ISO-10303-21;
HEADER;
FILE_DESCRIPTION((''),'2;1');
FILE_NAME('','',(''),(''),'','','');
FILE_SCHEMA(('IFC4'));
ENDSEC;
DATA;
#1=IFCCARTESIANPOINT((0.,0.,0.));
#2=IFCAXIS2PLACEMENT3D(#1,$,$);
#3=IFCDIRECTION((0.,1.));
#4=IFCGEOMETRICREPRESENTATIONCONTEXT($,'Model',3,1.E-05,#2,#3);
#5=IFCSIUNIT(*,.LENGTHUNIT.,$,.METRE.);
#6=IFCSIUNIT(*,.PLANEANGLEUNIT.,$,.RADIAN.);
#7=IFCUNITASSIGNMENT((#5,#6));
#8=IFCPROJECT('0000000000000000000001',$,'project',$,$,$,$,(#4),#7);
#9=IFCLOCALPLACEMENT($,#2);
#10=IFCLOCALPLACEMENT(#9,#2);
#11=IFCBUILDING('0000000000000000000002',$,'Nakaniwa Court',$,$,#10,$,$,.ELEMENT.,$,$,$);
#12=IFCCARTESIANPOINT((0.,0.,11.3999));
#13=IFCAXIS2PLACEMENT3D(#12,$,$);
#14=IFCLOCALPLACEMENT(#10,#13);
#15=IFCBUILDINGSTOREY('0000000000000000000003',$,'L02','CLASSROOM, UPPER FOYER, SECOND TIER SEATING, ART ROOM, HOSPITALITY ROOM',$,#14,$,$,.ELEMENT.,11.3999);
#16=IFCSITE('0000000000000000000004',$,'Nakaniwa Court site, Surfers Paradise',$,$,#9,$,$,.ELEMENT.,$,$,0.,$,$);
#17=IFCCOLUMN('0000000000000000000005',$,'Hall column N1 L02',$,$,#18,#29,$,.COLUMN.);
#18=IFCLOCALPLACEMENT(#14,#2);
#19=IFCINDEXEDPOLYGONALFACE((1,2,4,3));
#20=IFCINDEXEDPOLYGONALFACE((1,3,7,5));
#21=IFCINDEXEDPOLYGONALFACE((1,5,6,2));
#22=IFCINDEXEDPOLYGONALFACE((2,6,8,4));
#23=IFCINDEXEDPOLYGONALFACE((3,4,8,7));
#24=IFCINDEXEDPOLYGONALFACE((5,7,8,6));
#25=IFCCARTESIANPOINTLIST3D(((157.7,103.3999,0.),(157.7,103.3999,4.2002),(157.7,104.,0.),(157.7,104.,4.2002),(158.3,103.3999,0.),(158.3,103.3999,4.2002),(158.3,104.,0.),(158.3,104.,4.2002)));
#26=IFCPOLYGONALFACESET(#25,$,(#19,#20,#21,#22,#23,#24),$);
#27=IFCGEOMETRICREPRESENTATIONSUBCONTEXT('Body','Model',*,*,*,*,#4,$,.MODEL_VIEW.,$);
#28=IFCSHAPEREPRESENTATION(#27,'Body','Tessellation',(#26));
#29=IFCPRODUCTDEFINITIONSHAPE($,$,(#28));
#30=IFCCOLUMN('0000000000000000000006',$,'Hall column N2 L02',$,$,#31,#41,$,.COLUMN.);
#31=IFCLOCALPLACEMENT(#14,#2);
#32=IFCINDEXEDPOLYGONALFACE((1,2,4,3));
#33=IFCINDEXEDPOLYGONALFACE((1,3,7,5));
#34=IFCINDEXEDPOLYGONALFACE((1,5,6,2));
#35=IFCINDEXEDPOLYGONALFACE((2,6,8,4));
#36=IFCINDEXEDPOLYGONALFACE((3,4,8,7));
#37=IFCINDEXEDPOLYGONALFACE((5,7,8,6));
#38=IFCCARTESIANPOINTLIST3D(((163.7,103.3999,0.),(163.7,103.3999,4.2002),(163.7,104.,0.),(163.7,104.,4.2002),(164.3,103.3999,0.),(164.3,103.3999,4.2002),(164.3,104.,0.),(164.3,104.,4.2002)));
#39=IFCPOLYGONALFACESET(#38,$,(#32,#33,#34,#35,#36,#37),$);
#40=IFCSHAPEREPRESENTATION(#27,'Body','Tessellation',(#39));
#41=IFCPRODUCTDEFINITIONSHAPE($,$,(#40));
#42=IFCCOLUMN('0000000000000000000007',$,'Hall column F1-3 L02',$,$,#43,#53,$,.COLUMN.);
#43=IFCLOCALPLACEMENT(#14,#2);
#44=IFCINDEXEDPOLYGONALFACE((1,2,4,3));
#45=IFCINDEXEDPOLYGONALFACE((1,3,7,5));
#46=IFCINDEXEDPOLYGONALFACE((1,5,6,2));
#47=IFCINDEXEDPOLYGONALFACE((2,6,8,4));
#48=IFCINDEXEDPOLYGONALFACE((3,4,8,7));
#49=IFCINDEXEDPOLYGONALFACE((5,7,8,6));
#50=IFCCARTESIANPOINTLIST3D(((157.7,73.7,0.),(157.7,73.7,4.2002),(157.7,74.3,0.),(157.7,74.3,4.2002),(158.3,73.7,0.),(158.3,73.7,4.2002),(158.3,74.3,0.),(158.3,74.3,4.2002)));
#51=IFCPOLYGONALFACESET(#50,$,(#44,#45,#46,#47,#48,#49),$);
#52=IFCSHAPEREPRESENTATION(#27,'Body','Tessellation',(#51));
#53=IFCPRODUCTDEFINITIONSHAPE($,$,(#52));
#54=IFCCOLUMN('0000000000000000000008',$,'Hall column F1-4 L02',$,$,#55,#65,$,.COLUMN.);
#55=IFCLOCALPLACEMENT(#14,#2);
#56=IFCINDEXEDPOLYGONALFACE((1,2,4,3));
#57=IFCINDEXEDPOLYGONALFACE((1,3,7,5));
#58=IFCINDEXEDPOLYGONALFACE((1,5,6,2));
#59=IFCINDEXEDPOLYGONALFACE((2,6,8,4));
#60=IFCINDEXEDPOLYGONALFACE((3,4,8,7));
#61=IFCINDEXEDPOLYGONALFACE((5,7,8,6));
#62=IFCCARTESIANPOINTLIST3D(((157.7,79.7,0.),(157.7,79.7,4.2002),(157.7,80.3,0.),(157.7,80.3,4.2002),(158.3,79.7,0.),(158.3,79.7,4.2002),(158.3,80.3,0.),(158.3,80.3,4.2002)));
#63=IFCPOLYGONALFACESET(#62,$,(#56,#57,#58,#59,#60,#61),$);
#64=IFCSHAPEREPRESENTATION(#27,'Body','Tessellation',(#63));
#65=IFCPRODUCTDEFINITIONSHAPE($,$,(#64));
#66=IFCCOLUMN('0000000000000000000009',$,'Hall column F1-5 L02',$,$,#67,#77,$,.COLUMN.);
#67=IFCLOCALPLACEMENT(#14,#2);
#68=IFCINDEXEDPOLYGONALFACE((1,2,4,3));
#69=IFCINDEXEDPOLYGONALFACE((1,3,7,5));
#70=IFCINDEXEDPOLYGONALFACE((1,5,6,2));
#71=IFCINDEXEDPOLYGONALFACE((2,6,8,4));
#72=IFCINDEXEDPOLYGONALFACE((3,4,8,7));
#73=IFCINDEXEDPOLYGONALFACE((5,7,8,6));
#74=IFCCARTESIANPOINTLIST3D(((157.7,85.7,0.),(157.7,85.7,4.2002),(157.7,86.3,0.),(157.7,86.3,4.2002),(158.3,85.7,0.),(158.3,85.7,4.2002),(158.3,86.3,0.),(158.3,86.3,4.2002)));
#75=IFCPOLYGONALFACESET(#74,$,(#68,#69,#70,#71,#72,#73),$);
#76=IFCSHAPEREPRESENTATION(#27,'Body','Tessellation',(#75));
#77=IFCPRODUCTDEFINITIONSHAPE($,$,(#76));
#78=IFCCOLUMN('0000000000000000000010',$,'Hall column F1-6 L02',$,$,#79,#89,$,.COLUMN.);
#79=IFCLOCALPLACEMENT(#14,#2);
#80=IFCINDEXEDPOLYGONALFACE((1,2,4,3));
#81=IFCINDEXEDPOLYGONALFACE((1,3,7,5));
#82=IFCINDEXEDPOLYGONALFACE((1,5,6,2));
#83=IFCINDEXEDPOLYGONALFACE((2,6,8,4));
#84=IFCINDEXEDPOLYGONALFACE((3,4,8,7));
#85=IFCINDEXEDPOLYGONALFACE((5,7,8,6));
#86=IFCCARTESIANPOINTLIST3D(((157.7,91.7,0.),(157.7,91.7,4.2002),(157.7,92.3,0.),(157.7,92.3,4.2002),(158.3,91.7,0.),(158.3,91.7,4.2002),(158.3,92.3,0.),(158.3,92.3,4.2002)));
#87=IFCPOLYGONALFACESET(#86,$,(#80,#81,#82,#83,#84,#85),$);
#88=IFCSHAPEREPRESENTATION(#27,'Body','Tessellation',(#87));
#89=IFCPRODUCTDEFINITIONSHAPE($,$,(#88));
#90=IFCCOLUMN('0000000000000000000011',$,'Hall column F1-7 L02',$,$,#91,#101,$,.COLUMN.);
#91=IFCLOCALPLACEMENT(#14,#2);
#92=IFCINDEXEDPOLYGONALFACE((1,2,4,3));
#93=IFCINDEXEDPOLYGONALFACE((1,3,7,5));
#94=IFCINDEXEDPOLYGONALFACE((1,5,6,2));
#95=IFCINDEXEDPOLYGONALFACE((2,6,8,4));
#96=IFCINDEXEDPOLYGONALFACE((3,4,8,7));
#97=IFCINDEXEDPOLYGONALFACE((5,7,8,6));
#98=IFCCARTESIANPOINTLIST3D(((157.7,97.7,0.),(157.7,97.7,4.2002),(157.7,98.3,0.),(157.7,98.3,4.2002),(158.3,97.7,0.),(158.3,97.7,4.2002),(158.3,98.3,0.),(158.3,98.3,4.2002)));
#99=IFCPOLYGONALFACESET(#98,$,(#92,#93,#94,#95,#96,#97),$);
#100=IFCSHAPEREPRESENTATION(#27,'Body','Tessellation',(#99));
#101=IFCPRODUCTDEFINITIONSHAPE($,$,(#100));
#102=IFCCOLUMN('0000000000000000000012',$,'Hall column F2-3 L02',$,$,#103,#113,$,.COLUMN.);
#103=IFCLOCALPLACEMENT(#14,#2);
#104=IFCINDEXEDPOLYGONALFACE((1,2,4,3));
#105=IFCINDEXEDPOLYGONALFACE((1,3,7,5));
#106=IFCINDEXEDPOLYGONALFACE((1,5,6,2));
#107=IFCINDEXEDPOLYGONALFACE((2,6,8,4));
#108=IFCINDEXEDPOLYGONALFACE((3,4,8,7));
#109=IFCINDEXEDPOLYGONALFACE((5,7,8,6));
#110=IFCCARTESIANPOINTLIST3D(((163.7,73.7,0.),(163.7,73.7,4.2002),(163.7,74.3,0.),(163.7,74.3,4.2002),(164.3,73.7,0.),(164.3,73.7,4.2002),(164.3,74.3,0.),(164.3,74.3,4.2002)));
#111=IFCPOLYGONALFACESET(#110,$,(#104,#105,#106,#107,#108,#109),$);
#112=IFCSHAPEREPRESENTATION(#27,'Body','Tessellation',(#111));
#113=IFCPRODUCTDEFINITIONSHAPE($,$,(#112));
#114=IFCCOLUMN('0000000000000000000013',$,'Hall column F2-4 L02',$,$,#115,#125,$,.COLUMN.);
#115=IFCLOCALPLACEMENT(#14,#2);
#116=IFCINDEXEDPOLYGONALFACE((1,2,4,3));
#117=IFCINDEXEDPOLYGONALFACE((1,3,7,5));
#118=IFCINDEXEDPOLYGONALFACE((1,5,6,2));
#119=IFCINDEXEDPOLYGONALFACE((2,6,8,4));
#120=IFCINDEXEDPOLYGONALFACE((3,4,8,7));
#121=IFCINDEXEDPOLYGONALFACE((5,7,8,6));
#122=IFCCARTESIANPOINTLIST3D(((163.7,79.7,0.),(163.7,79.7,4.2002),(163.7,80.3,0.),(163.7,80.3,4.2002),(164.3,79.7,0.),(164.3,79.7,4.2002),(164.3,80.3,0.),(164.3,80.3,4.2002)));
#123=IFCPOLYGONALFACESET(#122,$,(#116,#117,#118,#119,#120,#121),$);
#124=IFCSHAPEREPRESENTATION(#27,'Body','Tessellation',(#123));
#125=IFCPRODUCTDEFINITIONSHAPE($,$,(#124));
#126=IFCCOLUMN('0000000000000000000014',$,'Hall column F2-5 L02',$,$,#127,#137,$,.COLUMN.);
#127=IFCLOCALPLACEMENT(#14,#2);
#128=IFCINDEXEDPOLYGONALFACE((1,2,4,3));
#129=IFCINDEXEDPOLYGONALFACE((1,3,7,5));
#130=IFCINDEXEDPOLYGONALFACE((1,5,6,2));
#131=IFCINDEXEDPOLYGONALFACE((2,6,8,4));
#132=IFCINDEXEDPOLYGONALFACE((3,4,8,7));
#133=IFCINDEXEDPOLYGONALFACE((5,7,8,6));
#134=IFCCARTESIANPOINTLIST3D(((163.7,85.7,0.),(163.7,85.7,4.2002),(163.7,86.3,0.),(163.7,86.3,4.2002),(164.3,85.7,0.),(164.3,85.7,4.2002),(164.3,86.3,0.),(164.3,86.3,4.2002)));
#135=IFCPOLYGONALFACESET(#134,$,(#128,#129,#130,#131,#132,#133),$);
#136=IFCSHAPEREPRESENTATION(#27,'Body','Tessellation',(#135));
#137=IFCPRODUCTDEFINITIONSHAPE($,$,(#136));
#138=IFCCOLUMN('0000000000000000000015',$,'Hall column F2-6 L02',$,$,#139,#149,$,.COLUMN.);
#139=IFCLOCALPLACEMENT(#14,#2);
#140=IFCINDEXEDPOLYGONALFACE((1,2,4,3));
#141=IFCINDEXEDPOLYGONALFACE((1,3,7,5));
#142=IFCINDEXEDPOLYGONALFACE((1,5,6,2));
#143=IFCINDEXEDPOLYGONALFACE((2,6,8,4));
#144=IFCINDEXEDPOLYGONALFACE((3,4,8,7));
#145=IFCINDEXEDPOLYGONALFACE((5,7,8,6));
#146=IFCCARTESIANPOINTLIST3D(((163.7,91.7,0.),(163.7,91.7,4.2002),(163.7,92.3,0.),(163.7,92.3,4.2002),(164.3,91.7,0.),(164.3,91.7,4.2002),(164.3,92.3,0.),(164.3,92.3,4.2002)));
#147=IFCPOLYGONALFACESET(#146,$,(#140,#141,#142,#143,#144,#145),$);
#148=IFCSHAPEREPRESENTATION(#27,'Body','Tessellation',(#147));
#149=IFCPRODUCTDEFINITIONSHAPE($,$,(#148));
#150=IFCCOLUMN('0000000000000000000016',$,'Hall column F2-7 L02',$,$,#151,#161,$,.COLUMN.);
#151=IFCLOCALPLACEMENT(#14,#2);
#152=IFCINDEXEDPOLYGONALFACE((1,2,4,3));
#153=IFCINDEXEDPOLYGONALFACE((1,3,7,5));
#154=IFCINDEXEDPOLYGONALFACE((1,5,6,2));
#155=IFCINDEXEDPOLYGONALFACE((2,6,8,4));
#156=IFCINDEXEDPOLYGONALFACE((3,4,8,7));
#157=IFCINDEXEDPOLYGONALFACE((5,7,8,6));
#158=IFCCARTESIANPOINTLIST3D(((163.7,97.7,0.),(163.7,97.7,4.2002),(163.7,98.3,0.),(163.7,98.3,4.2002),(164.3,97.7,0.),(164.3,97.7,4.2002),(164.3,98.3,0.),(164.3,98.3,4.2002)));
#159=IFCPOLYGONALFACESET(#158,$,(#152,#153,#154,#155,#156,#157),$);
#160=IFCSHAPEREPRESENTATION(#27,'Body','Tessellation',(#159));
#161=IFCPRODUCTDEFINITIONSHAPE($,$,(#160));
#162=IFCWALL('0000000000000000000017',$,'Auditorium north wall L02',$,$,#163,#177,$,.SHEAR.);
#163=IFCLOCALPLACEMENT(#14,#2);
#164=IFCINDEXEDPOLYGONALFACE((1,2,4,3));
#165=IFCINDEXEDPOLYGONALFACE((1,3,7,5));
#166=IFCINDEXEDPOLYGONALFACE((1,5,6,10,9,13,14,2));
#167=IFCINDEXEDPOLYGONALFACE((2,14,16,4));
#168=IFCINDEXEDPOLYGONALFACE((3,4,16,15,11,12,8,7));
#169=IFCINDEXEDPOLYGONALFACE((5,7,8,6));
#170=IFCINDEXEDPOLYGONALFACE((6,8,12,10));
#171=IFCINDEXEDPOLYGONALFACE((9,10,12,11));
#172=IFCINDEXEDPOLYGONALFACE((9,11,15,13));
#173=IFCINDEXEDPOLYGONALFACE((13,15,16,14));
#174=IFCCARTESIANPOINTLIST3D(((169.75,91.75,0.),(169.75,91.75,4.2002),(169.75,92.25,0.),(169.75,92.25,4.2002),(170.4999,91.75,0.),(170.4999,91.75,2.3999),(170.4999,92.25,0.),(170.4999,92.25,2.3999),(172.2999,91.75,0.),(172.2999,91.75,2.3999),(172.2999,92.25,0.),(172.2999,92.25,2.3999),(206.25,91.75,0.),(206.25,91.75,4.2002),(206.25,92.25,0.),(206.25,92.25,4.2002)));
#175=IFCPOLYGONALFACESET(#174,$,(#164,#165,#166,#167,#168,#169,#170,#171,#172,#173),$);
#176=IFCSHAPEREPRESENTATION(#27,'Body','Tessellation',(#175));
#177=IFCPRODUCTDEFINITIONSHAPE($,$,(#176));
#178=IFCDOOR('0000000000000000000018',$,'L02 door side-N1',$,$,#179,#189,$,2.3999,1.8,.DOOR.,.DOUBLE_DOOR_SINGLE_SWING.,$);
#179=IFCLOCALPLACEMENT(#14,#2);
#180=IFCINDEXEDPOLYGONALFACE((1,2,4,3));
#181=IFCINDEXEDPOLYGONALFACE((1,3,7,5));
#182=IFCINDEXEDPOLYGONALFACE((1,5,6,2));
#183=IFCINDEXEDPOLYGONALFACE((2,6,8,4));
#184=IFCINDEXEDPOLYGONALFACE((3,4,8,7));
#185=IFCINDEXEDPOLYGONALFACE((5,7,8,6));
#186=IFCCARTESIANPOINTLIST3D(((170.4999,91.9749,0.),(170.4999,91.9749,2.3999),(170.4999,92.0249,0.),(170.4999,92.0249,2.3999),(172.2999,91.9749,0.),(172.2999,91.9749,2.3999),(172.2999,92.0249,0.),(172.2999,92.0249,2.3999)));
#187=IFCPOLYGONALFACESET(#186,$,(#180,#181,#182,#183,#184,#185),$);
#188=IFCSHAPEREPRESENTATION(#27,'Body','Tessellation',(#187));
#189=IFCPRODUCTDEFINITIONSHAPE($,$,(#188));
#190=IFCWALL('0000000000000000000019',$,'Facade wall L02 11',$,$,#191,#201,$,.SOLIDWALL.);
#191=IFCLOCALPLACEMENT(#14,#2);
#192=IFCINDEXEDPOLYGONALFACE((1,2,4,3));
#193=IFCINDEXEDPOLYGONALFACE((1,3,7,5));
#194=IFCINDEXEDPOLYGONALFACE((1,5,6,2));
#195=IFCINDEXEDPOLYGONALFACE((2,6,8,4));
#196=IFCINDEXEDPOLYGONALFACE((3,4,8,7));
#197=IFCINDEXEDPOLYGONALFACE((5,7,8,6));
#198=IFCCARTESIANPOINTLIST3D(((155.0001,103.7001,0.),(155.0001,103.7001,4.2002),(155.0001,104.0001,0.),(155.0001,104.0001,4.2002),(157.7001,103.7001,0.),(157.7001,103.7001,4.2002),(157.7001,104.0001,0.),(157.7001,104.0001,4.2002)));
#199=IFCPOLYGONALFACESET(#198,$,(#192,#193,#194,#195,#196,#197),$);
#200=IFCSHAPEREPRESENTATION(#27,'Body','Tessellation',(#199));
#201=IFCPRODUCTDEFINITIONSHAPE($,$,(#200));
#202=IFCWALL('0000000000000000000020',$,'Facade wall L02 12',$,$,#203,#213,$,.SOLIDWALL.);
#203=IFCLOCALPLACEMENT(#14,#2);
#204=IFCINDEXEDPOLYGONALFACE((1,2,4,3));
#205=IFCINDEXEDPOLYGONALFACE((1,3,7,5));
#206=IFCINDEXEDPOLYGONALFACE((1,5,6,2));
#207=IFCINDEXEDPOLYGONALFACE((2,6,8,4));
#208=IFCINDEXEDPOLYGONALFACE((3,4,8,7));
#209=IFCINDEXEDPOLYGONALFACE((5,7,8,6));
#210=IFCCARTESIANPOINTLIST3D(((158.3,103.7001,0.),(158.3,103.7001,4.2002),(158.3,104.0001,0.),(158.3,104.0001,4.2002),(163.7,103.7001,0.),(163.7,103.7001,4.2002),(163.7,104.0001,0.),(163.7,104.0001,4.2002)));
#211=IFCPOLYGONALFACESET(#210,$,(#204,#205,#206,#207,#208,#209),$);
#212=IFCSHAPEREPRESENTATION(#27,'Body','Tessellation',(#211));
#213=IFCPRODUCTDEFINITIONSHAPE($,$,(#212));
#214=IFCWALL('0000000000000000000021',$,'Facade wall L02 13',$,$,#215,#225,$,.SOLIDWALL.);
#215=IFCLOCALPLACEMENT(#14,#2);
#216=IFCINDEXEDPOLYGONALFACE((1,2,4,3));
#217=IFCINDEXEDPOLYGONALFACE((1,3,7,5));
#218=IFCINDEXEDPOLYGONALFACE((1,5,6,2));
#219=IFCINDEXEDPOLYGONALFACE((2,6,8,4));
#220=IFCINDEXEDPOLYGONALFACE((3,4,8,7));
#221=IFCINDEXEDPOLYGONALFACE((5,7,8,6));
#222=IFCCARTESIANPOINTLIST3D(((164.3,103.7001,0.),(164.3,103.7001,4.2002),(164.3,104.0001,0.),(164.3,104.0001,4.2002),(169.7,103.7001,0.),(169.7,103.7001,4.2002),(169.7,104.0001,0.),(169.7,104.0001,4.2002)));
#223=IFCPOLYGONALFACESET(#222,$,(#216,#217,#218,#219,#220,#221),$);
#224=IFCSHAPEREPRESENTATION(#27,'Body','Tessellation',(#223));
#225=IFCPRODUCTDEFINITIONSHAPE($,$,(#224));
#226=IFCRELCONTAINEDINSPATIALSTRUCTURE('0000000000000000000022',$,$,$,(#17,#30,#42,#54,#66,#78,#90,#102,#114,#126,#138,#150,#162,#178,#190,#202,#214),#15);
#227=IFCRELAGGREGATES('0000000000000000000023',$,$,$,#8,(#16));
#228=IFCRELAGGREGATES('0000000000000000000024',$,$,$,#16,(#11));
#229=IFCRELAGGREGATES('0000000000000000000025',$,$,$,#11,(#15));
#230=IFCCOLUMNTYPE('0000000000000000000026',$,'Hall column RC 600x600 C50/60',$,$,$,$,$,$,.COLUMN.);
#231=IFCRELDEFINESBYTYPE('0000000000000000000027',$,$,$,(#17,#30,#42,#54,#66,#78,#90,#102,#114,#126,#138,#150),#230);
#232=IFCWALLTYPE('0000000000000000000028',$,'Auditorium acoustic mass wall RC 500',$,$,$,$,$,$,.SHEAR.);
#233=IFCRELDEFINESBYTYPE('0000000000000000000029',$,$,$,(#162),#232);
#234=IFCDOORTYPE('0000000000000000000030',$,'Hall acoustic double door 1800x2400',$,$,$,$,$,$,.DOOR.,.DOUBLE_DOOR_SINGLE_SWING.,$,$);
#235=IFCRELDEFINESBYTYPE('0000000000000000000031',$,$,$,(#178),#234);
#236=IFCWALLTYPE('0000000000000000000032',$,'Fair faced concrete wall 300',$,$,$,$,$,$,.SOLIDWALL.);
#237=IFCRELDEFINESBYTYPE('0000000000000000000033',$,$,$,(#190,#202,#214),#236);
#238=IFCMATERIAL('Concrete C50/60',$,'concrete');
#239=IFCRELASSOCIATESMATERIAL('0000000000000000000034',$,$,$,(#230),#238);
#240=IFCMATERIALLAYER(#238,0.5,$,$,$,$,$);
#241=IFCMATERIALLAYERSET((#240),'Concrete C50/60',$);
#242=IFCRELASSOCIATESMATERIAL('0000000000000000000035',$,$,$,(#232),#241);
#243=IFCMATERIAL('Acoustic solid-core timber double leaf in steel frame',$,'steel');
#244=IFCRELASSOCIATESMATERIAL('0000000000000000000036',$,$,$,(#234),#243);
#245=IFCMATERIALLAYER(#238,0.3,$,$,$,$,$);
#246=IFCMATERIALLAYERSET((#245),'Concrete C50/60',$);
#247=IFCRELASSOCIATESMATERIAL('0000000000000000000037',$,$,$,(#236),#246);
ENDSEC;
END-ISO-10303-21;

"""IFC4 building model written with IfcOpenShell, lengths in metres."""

from ifc_helpers import new_model, si_unit, direction, frame, frame_2d, origin, origin_2d, place, context, subcontext, project, spatial, rectangle, extrude, material, layer, layer_set, material_profile, profile_set, type_object, element, fill, save


model = new_model("IFC4")

# Units and contexts
model_context = context("Model", 3, precision=1e-05, world=origin(), true_north=direction((0.0, 1.0)))
body_context = subcontext(model_context, "Body", "Model", "MODEL_VIEW")
ifc_project = project(units=[si_unit("LENGTHUNIT", "METRE"), si_unit("PLANEANGLEUNIT", "RADIAN")], contexts=[model_context])

# Site, building, storey
site_placement = place(None, origin())
site = spatial("IfcSite", under=ifc_project, at=site_placement, Name="Nakaniwa Court site, Surfers Paradise", CompositionType="ELEMENT", RefElevation=0.0)
building_placement = place(site_placement, origin())
building = spatial("IfcBuilding", under=site, at=building_placement, Name="Nakaniwa Court", CompositionType="ELEMENT")
storey_placement = place(building_placement, frame((0.0, 0.0, 11.3999)))
storey = spatial("IfcBuildingStorey", under=building, at=storey_placement, Name="L02", Description="CLASSROOM, UPPER FOYER, SECOND TIER SEATING, ART ROOM, HOSPITALITY ROOM", CompositionType="ELEMENT", Elevation=11.3999)

# Columns
ifc_material_1 = material(Name="Concrete C50/60", Category="concrete")
ifc_material_profile = material_profile(ifc_material_1, rectangle(XDim=0.6001, YDim=0.6001, at=origin_2d()), Name="RC 600x600")
ifc_profile_set = profile_set([ifc_material_profile], Name="Concrete C50/60")
column_type = type_object("IfcColumnType", Name="Hall column RC 600x600 C50/60", PredefinedType="COLUMN", material=ifc_profile_set)
for number, where, z_axis, x_axis, name in (
    (1, (158.0, 103.7, 0.0), (0.0, 0.0, 1.0), (1.0, 0.0, 0.0), "Hall column N1 L02"),
    (2, (164.0, 103.7, 0.0), (0.0, 0.0, 1.0), (1.0, 0.0, 0.0), "Hall column N2 L02"),
    (3, (158.0, 74.0, 0.0), (0.0, 0.0, 1.0), (1.0, 0.0, 0.0), "Hall column F1-3 L02"),
    (4, (158.0, 80.0, 0.0), (0.0, 0.0, 1.0), (1.0, 0.0, 0.0), "Hall column F1-4 L02"),
    (5, (158.0, 86.0, 0.0), (0.0, 0.0, 1.0), (1.0, 0.0, 0.0), "Hall column F1-5 L02"),
    (6, (158.0, 92.0, 0.0), (0.0, 0.0, 1.0), (1.0, 0.0, 0.0), "Hall column F1-6 L02"),
    (7, (158.0, 98.0, 0.0), (0.0, 0.0, 1.0), (1.0, 0.0, 0.0), "Hall column F1-7 L02"),
    (8, (164.0, 74.0, 0.0), (0.0, 0.0, 1.0), (1.0, 0.0, 0.0), "Hall column F2-3 L02"),
    (9, (164.0, 80.0, 0.0), (0.0, 0.0, 1.0), (1.0, 0.0, 0.0), "Hall column F2-4 L02"),
    (10, (164.0, 86.0, 0.0), (0.0, 0.0, 1.0), (1.0, 0.0, 0.0), "Hall column F2-5 L02"),
    (11, (164.0, 92.0, 0.0), (0.0, 0.0, 1.0), (1.0, 0.0, 0.0), "Hall column F2-6 L02"),
    (12, (164.0, 98.0, 0.0), (0.0, 0.0, 1.0), (1.0, 0.0, 0.0), "Hall column F2-7 L02"),
):
    element("IfcColumn", number, at=place(storey_placement, frame(where, z_axis=z_axis, x_axis=x_axis)), inside=storey, type_object=column_type, Name=name, PredefinedType="COLUMN", context=body_context, shape_type="SweptSolid", body=[
        extrude(rectangle(XDim=0.6001, YDim=0.6001, at=origin_2d()), origin(), (0.0, 0.0, 1.0), 4.2002),
    ])

# Wall, opening, door
ifc_layer_1 = layer(ifc_material_1, 0.5)
ifc_layer_set_1 = layer_set([ifc_layer_1], Name="Concrete C50/60")
wall_type_1 = type_object("IfcWallType", Name="Auditorium acoustic mass wall RC 500", PredefinedType="SHEAR", material=ifc_layer_set_1)
wall_1_placement = place(storey_placement, frame((169.75, 92.0, 0.0), z_axis=(0.0, 0.0, 1.0), x_axis=(1.0, 0.0, 0.0)))
wall_1 = element("IfcWall", 13, at=wall_1_placement, inside=storey, type_object=wall_type_1, Name="Auditorium north wall L02", PredefinedType="SHEAR", context=body_context, shape_type="SweptSolid", body=[
    extrude(rectangle(XDim=36.5, YDim=0.5, at=frame_2d((18.25, 0.0))), origin(), (0.0, 0.0, 1.0), 4.2002),
])
opening_1_placement = place(wall_1_placement, frame((0.75, 0.0, 0.0)))
opening_1 = element("IfcOpeningElement", 14, at=opening_1_placement, cuts=wall_1, PredefinedType="OPENING", context=body_context, shape_type="SweptSolid", body=[
    extrude(rectangle(XDim=1.8, YDim=2.3999, at=frame_2d((0.8999, 1.2))), frame((0.0, 0.26, 0.0), z_axis=(0.0, -1.0, 0.0), x_axis=(1.0, 0.0, 0.0)), (0.0, 0.0, 1.0), 0.52),
])
ifc_material_2 = material(Name="Acoustic solid-core timber double leaf in steel frame", Category="steel")
door_type_1 = type_object("IfcDoorType", Name="Hall acoustic double door 1800x2400", OperationType="DOUBLE_DOOR_SINGLE_SWING", PredefinedType="DOOR", material=ifc_material_2)
door_1_placement = place(opening_1_placement, origin())
door_1 = element("IfcDoor", 15, at=door_1_placement, inside=storey, type_object=door_type_1, Name="L02 door side-N1", OperationType="DOUBLE_DOOR_SINGLE_SWING", OverallHeight=2.3999, OverallWidth=1.8, PredefinedType="DOOR", context=body_context, shape_type="SweptSolid", body=[
    extrude(rectangle(XDim=1.8, YDim=2.3999, at=frame_2d((0.8999, 1.2))), frame((0.0, 0.0249, 0.0), z_axis=(0.0, -1.0, 0.0), x_axis=(1.0, 0.0, 0.0)), (0.0, 0.0, 1.0), 0.05),
])
fill(opening_1, door_1)

# Walls
ifc_layer_2 = layer(ifc_material_1, 0.3)
ifc_layer_set_2 = layer_set([ifc_layer_2], Name="Concrete C50/60")
wall_type_2 = type_object("IfcWallType", Name="Fair faced concrete wall 300", PredefinedType="SOLIDWALL", material=ifc_layer_set_2)
wall_2_placement = place(storey_placement, frame((155.0, 103.8501, 0.0), z_axis=(0.0, 0.0, 1.0), x_axis=(1.0, 0.0, 0.0)))
element("IfcWall", 16, at=wall_2_placement, inside=storey, type_object=wall_type_2, Name="Facade wall L02 11", PredefinedType="SOLIDWALL", context=body_context, shape_type="SweptSolid", body=[
    extrude(rectangle(XDim=2.7, YDim=0.3, at=frame_2d((1.3501, 0.0))), origin(), (0.0, 0.0, 1.0), 4.2002),
])
for number, where, z_axis, x_axis, name in (
    (17, (158.3, 103.8501, 0.0), (0.0, 0.0, 1.0), (1.0, 0.0, 0.0), "Facade wall L02 12"),
    (18, (164.3, 103.8501, 0.0), (0.0, 0.0, 1.0), (1.0, 0.0, 0.0), "Facade wall L02 13"),
):
    element("IfcWall", number, at=place(storey_placement, frame(where, z_axis=z_axis, x_axis=x_axis)), inside=storey, type_object=wall_type_2, Name=name, PredefinedType="SOLIDWALL", context=body_context, shape_type="SweptSolid", body=[
        extrude(rectangle(XDim=5.3999, YDim=0.3, at=frame_2d((2.7, 0.0))), origin(), (0.0, 0.0, 1.0), 4.2002),
    ])

save(model, "model.ifc")
